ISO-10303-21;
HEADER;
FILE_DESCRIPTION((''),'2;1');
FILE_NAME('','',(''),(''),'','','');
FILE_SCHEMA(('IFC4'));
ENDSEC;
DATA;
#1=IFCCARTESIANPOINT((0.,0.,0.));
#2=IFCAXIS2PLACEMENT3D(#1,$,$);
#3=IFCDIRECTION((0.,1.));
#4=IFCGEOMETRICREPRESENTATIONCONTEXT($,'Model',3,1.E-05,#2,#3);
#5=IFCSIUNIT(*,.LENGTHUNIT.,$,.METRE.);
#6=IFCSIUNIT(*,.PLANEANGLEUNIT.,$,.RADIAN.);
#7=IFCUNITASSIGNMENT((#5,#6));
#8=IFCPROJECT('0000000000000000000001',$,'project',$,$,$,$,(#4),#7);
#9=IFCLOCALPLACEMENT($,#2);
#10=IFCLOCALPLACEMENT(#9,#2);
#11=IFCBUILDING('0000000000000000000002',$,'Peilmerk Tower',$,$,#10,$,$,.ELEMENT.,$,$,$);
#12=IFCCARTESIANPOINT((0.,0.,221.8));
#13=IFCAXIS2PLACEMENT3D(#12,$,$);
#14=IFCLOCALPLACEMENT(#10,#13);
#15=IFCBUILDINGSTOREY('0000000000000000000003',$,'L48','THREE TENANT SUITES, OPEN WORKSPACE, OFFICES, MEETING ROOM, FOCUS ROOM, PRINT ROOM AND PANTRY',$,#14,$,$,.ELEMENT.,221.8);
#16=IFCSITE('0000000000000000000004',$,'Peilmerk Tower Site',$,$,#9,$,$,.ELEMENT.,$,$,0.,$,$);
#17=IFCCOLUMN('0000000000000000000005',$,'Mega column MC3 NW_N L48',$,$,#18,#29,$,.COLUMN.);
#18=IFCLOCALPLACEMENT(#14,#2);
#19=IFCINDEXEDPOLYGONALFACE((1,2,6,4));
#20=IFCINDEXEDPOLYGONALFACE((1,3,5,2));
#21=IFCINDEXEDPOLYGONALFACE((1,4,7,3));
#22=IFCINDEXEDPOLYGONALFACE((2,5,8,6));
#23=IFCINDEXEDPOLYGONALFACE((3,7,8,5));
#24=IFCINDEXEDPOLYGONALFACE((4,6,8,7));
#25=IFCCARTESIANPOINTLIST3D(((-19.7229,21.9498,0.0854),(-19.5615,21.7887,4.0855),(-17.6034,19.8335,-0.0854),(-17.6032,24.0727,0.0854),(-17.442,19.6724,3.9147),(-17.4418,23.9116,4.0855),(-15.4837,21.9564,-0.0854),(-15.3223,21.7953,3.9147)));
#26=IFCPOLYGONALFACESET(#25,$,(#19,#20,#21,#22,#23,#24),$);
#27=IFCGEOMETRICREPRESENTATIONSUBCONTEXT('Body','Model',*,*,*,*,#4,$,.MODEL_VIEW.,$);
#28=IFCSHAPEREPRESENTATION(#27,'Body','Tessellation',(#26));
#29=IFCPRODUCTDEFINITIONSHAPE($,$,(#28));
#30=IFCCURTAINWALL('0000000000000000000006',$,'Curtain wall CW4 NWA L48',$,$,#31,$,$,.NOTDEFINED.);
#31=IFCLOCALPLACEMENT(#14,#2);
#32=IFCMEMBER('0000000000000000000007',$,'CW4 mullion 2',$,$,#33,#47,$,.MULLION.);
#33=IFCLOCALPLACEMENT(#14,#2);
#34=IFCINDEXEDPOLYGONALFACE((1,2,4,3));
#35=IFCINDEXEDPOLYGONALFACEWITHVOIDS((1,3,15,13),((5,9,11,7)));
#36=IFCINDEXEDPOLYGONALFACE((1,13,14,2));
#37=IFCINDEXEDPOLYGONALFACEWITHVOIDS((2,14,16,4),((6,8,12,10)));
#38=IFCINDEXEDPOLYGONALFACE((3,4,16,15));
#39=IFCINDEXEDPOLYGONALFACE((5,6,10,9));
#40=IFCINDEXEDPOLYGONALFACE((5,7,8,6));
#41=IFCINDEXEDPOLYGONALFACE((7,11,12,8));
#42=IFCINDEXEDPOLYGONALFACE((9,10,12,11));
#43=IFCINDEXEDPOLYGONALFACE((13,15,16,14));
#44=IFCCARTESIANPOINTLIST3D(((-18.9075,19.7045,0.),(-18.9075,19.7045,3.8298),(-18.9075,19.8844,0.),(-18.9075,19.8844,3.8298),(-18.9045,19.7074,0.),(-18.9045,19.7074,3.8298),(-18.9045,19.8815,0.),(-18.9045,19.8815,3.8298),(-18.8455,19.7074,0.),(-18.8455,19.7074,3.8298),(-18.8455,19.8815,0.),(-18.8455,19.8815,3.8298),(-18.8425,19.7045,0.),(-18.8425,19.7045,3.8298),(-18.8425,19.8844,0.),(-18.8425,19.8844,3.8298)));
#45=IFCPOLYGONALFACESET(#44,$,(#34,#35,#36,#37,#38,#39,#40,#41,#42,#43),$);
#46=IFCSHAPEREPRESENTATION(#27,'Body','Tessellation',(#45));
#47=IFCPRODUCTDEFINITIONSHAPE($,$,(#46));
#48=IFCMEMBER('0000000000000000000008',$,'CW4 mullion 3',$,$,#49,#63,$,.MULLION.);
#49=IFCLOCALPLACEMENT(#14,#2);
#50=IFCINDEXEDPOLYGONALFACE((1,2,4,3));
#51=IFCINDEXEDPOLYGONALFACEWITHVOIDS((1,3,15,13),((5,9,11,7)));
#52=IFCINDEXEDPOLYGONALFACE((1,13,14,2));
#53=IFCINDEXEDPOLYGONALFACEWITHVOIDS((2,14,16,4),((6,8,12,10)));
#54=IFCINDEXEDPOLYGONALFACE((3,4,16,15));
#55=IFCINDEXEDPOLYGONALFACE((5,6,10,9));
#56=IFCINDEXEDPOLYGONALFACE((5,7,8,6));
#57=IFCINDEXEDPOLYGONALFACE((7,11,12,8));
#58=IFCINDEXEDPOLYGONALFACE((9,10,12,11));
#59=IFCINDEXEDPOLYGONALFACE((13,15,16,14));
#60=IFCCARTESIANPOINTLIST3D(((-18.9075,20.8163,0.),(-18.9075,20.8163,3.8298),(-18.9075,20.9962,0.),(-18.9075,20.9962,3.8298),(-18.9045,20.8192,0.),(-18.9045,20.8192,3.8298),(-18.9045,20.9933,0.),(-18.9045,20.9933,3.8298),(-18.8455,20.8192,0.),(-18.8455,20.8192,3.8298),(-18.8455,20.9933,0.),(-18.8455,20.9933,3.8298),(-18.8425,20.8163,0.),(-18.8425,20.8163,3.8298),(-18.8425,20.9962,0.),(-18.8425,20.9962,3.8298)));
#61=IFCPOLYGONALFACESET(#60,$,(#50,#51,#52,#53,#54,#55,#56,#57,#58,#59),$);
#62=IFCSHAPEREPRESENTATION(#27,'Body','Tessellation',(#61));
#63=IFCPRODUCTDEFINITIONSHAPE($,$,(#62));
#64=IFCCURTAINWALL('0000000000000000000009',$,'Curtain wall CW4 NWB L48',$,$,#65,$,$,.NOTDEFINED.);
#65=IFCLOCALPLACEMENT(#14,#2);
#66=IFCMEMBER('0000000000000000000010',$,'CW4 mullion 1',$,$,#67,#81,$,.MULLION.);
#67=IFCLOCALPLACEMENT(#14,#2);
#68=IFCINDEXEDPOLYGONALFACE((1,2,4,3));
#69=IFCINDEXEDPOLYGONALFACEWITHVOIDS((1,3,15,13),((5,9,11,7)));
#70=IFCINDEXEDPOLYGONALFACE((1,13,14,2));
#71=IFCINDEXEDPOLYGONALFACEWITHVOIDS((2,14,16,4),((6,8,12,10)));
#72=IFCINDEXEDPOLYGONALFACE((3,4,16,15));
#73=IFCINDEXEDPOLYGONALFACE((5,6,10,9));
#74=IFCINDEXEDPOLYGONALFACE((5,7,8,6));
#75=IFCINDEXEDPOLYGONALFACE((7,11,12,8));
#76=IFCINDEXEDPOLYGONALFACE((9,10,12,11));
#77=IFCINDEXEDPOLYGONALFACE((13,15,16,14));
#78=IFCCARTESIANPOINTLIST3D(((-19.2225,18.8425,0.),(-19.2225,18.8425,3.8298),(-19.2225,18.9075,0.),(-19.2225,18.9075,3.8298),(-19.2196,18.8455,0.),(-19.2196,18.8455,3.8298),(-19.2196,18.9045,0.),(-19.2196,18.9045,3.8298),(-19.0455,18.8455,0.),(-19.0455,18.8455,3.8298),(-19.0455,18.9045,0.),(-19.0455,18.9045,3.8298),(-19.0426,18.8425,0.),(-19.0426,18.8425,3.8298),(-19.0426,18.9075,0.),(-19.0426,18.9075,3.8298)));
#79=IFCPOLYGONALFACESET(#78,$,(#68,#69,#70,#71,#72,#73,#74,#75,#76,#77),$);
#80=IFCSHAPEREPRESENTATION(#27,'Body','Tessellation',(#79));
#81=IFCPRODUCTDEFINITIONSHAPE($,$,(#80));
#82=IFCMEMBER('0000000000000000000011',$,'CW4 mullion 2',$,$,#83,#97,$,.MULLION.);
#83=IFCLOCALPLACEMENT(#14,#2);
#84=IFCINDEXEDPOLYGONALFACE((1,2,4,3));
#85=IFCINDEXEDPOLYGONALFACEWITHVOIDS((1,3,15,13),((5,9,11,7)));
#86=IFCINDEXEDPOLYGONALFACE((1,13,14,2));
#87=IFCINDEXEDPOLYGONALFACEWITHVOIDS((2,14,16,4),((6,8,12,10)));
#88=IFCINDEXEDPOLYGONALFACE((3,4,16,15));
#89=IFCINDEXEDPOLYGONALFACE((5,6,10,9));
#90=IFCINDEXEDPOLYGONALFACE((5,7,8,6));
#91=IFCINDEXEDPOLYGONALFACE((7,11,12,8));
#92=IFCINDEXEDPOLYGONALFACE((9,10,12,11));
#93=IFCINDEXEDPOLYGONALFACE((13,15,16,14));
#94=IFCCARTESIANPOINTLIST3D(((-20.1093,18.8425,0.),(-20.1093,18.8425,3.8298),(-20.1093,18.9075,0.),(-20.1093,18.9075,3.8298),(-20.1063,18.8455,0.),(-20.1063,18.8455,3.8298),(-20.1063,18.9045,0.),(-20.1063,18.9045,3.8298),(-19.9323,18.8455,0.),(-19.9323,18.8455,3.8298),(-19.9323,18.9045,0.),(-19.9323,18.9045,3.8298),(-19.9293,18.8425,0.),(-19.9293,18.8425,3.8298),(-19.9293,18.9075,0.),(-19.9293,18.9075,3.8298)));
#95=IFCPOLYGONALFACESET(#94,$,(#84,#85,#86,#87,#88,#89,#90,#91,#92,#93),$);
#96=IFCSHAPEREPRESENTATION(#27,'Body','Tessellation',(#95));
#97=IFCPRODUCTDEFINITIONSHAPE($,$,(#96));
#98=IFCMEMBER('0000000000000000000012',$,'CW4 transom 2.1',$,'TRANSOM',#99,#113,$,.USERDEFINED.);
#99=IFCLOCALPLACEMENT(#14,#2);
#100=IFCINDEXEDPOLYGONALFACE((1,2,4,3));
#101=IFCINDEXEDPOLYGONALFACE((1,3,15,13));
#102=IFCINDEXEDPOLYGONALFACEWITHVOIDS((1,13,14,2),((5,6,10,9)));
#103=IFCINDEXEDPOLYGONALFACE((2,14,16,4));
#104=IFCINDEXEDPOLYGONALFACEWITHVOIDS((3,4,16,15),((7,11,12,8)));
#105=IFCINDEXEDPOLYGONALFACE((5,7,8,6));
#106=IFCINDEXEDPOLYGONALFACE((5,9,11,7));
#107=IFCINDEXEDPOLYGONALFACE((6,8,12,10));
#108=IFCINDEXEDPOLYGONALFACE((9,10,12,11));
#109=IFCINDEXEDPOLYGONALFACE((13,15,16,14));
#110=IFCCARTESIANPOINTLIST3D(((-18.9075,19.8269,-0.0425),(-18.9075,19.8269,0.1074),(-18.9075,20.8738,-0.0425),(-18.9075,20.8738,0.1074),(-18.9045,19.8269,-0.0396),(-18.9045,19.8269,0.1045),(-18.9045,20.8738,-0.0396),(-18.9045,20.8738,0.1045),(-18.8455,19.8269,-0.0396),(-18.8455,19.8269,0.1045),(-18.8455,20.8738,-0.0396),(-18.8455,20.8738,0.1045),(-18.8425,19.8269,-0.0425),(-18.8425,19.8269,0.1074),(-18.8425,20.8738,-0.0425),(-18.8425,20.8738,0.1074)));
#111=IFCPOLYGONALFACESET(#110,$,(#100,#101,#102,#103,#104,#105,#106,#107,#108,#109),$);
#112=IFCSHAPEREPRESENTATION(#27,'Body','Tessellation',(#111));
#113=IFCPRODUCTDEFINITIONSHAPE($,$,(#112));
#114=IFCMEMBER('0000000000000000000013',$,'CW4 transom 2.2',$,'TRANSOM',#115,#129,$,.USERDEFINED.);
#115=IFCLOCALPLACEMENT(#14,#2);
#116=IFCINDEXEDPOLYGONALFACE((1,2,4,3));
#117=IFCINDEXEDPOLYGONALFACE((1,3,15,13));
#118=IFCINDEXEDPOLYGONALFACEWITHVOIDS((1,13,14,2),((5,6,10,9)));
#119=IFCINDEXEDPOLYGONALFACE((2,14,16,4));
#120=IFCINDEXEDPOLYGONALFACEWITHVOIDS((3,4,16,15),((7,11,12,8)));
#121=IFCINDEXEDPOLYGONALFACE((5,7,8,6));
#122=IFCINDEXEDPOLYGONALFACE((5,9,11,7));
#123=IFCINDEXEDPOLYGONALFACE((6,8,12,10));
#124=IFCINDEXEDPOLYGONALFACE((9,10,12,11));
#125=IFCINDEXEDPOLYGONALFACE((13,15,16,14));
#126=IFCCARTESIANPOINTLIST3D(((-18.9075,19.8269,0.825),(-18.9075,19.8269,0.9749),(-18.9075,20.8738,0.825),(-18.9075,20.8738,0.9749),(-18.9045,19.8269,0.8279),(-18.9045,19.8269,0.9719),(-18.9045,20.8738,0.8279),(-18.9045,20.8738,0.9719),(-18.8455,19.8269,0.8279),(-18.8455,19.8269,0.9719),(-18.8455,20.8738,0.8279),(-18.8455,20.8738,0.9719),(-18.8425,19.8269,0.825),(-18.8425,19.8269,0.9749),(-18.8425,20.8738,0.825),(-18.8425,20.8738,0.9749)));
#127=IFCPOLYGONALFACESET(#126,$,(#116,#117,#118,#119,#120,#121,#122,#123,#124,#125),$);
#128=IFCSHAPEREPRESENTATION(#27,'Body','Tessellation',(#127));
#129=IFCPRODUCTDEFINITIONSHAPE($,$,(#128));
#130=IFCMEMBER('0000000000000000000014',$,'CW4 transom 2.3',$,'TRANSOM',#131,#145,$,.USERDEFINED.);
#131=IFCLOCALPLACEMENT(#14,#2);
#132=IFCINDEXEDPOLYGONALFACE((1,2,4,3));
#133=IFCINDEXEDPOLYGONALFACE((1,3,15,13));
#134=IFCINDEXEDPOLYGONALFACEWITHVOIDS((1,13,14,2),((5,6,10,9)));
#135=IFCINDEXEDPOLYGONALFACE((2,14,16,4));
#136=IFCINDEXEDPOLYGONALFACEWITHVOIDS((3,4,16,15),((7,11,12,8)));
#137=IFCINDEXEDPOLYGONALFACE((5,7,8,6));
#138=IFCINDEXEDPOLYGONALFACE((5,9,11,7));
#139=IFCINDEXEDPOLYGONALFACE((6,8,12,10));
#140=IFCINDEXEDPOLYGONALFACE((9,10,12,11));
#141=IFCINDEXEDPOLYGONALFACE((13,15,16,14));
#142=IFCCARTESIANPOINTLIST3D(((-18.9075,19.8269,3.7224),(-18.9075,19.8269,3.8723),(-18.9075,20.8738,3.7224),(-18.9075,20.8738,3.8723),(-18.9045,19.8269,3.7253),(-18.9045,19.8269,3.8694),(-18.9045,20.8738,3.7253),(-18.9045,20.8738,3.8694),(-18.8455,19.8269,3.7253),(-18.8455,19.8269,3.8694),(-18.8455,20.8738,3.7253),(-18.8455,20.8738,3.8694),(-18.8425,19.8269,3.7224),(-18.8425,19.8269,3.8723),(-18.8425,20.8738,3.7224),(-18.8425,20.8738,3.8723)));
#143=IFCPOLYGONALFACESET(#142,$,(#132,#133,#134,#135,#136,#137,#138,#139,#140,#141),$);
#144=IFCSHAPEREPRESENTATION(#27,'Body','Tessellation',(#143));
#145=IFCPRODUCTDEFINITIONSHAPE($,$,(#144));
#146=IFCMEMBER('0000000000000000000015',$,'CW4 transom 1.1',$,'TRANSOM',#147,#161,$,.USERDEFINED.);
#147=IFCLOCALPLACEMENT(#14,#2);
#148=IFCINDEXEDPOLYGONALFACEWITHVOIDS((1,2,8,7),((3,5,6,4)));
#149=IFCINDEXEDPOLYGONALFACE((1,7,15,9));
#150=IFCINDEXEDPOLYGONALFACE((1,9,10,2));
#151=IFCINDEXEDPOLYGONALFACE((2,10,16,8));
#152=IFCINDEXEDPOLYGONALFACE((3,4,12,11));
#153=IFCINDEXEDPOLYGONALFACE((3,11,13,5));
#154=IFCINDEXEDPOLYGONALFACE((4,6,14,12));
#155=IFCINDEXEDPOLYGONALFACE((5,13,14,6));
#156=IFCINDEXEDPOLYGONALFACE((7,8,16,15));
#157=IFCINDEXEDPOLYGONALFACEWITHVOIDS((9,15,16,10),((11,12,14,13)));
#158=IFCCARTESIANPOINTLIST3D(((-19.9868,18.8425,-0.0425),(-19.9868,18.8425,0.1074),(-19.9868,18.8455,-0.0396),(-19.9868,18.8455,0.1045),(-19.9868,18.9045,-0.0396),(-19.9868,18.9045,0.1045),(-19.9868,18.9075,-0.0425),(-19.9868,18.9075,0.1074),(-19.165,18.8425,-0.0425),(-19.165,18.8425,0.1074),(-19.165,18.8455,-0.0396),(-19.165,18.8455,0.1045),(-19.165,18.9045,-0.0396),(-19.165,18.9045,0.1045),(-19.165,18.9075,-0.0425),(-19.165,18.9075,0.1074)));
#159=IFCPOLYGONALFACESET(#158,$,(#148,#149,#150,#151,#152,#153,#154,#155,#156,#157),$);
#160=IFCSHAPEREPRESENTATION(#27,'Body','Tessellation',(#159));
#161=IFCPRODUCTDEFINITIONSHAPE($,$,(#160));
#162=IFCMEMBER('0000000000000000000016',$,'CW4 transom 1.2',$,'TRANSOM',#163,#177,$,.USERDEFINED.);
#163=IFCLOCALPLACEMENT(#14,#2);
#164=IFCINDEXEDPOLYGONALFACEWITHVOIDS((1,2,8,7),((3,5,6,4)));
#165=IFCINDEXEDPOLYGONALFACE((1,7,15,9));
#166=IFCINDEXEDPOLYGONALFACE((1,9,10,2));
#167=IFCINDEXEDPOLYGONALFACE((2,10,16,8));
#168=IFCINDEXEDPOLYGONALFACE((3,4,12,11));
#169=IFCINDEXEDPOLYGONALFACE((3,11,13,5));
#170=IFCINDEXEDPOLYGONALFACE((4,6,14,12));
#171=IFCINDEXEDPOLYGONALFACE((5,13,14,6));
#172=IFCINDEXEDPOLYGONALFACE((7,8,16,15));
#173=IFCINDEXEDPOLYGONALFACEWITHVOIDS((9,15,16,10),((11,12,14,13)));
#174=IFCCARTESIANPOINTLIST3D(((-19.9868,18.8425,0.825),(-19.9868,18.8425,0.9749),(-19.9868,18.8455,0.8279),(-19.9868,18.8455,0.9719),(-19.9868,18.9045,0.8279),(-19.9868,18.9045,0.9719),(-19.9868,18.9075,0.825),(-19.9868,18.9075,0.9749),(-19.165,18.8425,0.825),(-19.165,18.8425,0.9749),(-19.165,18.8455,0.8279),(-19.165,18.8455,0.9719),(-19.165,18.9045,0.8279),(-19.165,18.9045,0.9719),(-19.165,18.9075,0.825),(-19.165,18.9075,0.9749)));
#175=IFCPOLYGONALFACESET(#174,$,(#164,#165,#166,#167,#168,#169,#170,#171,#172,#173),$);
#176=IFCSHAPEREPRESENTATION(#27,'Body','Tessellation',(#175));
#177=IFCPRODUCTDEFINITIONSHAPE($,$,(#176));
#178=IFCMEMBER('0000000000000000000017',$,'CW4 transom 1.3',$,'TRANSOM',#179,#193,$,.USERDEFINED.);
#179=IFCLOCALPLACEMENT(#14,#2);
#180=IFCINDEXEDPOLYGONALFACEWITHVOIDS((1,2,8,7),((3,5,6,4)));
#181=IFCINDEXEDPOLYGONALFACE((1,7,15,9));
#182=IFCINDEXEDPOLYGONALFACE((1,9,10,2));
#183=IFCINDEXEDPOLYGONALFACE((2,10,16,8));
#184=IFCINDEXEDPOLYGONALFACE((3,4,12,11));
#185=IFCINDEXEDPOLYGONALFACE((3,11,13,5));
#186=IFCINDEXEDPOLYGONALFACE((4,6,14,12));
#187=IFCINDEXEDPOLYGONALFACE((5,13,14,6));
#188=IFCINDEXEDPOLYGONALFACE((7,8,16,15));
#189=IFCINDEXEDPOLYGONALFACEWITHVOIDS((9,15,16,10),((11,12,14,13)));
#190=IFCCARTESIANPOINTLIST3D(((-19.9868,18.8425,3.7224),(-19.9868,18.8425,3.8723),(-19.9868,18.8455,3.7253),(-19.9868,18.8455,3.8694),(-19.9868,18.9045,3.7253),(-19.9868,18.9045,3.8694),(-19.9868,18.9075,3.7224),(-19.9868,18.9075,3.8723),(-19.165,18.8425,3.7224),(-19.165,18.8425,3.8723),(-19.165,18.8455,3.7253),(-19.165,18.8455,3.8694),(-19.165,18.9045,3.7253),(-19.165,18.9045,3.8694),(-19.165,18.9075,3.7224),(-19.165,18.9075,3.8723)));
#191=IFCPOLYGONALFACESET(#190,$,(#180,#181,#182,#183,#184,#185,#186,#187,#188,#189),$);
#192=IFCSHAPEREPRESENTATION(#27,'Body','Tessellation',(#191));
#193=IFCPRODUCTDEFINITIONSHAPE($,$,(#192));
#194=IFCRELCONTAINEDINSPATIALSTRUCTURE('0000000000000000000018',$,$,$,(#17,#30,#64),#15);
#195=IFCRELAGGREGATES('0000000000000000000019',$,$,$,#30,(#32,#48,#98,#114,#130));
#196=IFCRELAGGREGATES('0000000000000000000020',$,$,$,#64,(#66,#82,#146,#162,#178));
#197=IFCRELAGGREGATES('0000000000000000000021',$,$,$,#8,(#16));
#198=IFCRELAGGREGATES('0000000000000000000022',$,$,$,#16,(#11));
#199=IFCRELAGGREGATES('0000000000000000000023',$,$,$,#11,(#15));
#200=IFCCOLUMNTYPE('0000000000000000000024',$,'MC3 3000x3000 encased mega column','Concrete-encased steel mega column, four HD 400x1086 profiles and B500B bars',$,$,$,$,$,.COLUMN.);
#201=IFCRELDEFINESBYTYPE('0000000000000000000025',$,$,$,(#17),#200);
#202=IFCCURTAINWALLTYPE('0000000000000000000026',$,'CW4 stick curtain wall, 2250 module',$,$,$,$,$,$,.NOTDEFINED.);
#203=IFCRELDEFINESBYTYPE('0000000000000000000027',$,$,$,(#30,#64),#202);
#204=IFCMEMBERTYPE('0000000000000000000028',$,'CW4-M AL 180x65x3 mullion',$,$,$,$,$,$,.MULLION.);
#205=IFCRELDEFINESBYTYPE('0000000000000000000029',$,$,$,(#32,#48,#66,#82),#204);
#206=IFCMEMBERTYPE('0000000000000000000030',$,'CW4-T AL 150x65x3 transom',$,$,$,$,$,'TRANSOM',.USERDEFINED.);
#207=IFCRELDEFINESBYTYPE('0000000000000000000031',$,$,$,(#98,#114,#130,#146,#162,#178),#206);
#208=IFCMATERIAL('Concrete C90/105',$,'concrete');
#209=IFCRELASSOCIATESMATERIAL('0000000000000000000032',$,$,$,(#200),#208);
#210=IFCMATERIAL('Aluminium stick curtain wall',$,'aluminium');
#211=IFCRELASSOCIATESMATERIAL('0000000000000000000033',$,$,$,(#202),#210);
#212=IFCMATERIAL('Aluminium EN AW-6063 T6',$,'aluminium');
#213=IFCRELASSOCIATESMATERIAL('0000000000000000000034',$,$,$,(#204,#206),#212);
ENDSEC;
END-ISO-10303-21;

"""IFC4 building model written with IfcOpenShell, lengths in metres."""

from ifc_helpers import new_model, si_unit, direction, frame, origin, origin_2d, place, context, subcontext, project, spatial, rectangle, hollow_rectangle, extrude, material, material_profile, profile_set, type_object, element, aggregate, save


model = new_model("IFC4")

# Units and contexts
model_context = context("Model", 3, precision=1e-05, world=origin(), true_north=direction((0.0, 1.0)))
body_context = subcontext(model_context, "Body", "Model", "MODEL_VIEW")
ifc_project = project(units=[si_unit("LENGTHUNIT", "METRE"), si_unit("PLANEANGLEUNIT", "RADIAN")], contexts=[model_context])

# Site, building, storey
site_placement = place(None, origin())
site = spatial("IfcSite", under=ifc_project, at=site_placement, Name="Peilmerk Tower Site", CompositionType="ELEMENT", RefElevation=0.0)
building_placement = place(site_placement, origin())
building = spatial("IfcBuilding", under=site, at=building_placement, Name="Peilmerk Tower", CompositionType="ELEMENT")
storey_placement = place(building_placement, frame((0.0, 0.0, 221.8)))
storey = spatial("IfcBuildingStorey", under=building, at=storey_placement, Name="L48", Description="THREE TENANT SUITES, OPEN WORKSPACE, OFFICES, MEETING ROOM, FOCUS ROOM, PRINT ROOM AND PANTRY", CompositionType="ELEMENT", Elevation=221.8)

# Column
ifc_material_1 = material(Name="Concrete C90/105", Category="concrete")
ifc_material_profile_1 = material_profile(ifc_material_1, rectangle(XDim=3.0, YDim=3.0, at=origin_2d()), Name="RC 3000x3000")
ifc_profile_set_1 = profile_set([ifc_material_profile_1], Name="Concrete C90/105")
column_type = type_object("IfcColumnType", Name="MC3 3000x3000 encased mega column", Description="Concrete-encased steel mega column, four HD 400x1086 profiles and B500B bars", PredefinedType="COLUMN", material=ifc_profile_set_1)
column_placement = place(storey_placement, frame((-17.6033, 21.9531, 0.0), z_axis=(0.040279, -0.040218, 0.998379), x_axis=(0.706571, 0.707642, 0.0)))
element("IfcColumn", 1, at=column_placement, inside=storey, type_object=column_type, Name="Mega column MC3 NW_N L48", PredefinedType="COLUMN", context=body_context, shape_type="SweptSolid", body=[
    extrude(rectangle(XDim=3.0, YDim=3.0, at=origin_2d()), origin(), (0.0, 0.0, 1.0), 4.0066),
])

# Curtain walls, members
ifc_material_2 = material(Name="Aluminium stick curtain wall", Category="aluminium")
curtain_wall_type = type_object("IfcCurtainWallType", Name="CW4 stick curtain wall, 2250 module", PredefinedType="NOTDEFINED", material=ifc_material_2)
curtain_wall_1_placement = place(storey_placement, origin())
curtain_wall_1 = element("IfcCurtainWall", 2, at=curtain_wall_1_placement, inside=storey, type_object=curtain_wall_type, Name="Curtain wall CW4 NWA L48", PredefinedType="NOTDEFINED")
ifc_material_3 = material(Name="Aluminium EN AW-6063 T6", Category="aluminium")
ifc_material_profile_2 = material_profile(ifc_material_3, hollow_rectangle(XDim=0.0649, YDim=0.1799, WallThickness=0.0029, at=origin_2d()), Name="AL 180x65x3")
ifc_profile_set_2 = profile_set([ifc_material_profile_2], Name="Aluminium EN AW-6063 T6")
member_type_1 = type_object("IfcMemberType", Name="CW4-M AL 180x65x3 mullion", PredefinedType="MULLION", material=ifc_profile_set_2)
member_1_placement = place(storey_placement, frame((-18.875, 19.7944, 0.0), z_axis=(0.0, 0.0, 1.0), x_axis=(-1.0, 0.0, 0.0)))
member_1 = element("IfcMember", 3, at=member_1_placement, type_object=member_type_1, Name="CW4 mullion 2", PredefinedType="MULLION", context=body_context, shape_type="SweptSolid", body=[
    extrude(hollow_rectangle(XDim=0.0649, YDim=0.1799, WallThickness=0.0029, at=origin_2d()), origin(), (0.0, 0.0, 1.0), 3.8298),
])
member_2_placement = place(storey_placement, frame((-18.875, 20.9062, 0.0), z_axis=(0.0, 0.0, 1.0), x_axis=(-1.0, 0.0, 0.0)))
member_2 = element("IfcMember", 4, at=member_2_placement, type_object=member_type_1, Name="CW4 mullion 3", PredefinedType="MULLION", context=body_context, shape_type="SweptSolid", body=[
    extrude(hollow_rectangle(XDim=0.0649, YDim=0.1799, WallThickness=0.0029, at=origin_2d()), origin(), (0.0, 0.0, 1.0), 3.8298),
])
curtain_wall_2_placement = place(storey_placement, origin())
curtain_wall_2 = element("IfcCurtainWall", 5, at=curtain_wall_2_placement, inside=storey, type_object=curtain_wall_type, Name="Curtain wall CW4 NWB L48", PredefinedType="NOTDEFINED")
member_3_placement = place(storey_placement, frame((-19.1326, 18.875, 0.0), z_axis=(0.0, 0.0, 1.0), x_axis=(0.0, -1.0, 0.0)))
member_3 = element("IfcMember", 6, at=member_3_placement, type_object=member_type_1, Name="CW4 mullion 1", PredefinedType="MULLION", context=body_context, shape_type="SweptSolid", body=[
    extrude(hollow_rectangle(XDim=0.0649, YDim=0.1799, WallThickness=0.0029, at=origin_2d()), origin(), (0.0, 0.0, 1.0), 3.8298),
])
member_4_placement = place(storey_placement, frame((-20.0193, 18.875, 0.0), z_axis=(0.0, 0.0, 1.0), x_axis=(0.0, -1.0, 0.0)))
member_4 = element("IfcMember", 7, at=member_4_placement, type_object=member_type_1, Name="CW4 mullion 2", PredefinedType="MULLION", context=body_context, shape_type="SweptSolid", body=[
    extrude(hollow_rectangle(XDim=0.0649, YDim=0.1799, WallThickness=0.0029, at=origin_2d()), origin(), (0.0, 0.0, 1.0), 3.8298),
])

# Members
ifc_material_profile_3 = material_profile(ifc_material_3, hollow_rectangle(XDim=0.0649, YDim=0.1499, WallThickness=0.0029, at=origin_2d()), Name="AL 150x65x3")
ifc_profile_set_3 = profile_set([ifc_material_profile_3], Name="Aluminium EN AW-6063 T6")
member_type_2 = type_object("IfcMemberType", Name="CW4-T AL 150x65x3 transom", ElementType="TRANSOM", PredefinedType="USERDEFINED", material=ifc_profile_set_3)
member_5_placement = place(storey_placement, frame((-18.875, 19.8269, 0.0325), z_axis=(0.0, 1.0, 0.0), x_axis=(-1.0, 0.0, 0.0)))
member_5 = element("IfcMember", 8, at=member_5_placement, type_object=member_type_2, Name="CW4 transom 2.1", ObjectType="TRANSOM", PredefinedType="USERDEFINED", context=body_context, shape_type="SweptSolid", body=[
    extrude(hollow_rectangle(XDim=0.0649, YDim=0.1499, WallThickness=0.0029, at=origin_2d()), origin(), (0.0, 0.0, 1.0), 1.0469),
])
member_6_placement = place(storey_placement, frame((-18.875, 19.8269, 0.8999), z_axis=(0.0, 1.0, 0.0), x_axis=(-1.0, 0.0, 0.0)))
member_6 = element("IfcMember", 9, at=member_6_placement, type_object=member_type_2, Name="CW4 transom 2.2", ObjectType="TRANSOM", PredefinedType="USERDEFINED", context=body_context, shape_type="SweptSolid", body=[
    extrude(hollow_rectangle(XDim=0.0649, YDim=0.1499, WallThickness=0.0029, at=origin_2d()), origin(), (0.0, 0.0, 1.0), 1.0469),
])
member_7_placement = place(storey_placement, frame((-18.875, 19.8269, 3.7974), z_axis=(0.0, 1.0, 0.0), x_axis=(-1.0, 0.0, 0.0)))
member_7 = element("IfcMember", 10, at=member_7_placement, type_object=member_type_2, Name="CW4 transom 2.3", ObjectType="TRANSOM", PredefinedType="USERDEFINED", context=body_context, shape_type="SweptSolid", body=[
    extrude(hollow_rectangle(XDim=0.0649, YDim=0.1499, WallThickness=0.0029, at=origin_2d()), origin(), (0.0, 0.0, 1.0), 1.0469),
])
member_8_placement = place(storey_placement, frame((-19.165, 18.875, 0.0325), z_axis=(-1.0, 0.0, 0.0), x_axis=(0.0, -1.0, 0.0)))
member_8 = element("IfcMember", 11, at=member_8_placement, type_object=member_type_2, Name="CW4 transom 1.1", ObjectType="TRANSOM", PredefinedType="USERDEFINED", context=body_context, shape_type="SweptSolid", body=[
    extrude(hollow_rectangle(XDim=0.0649, YDim=0.1499, WallThickness=0.0029, at=origin_2d()), origin(), (0.0, 0.0, 1.0), 0.8218),
])
member_9_placement = place(storey_placement, frame((-19.165, 18.875, 0.8999), z_axis=(-1.0, 0.0, 0.0), x_axis=(0.0, -1.0, 0.0)))
member_9 = element("IfcMember", 12, at=member_9_placement, type_object=member_type_2, Name="CW4 transom 1.2", ObjectType="TRANSOM", PredefinedType="USERDEFINED", context=body_context, shape_type="SweptSolid", body=[
    extrude(hollow_rectangle(XDim=0.0649, YDim=0.1499, WallThickness=0.0029, at=origin_2d()), origin(), (0.0, 0.0, 1.0), 0.8218),
])
member_10_placement = place(storey_placement, frame((-19.165, 18.875, 3.7974), z_axis=(-1.0, 0.0, 0.0), x_axis=(0.0, -1.0, 0.0)))
member_10 = element("IfcMember", 13, at=member_10_placement, type_object=member_type_2, Name="CW4 transom 1.3", ObjectType="TRANSOM", PredefinedType="USERDEFINED", context=body_context, shape_type="SweptSolid", body=[
    extrude(hollow_rectangle(XDim=0.0649, YDim=0.1499, WallThickness=0.0029, at=origin_2d()), origin(), (0.0, 0.0, 1.0), 0.8218),
])

aggregate(curtain_wall_1, [member_1, member_2, member_5, member_6, member_7])
aggregate(curtain_wall_2, [member_3, member_4, member_8, member_9, member_10])

save(model, "model.ifc")
